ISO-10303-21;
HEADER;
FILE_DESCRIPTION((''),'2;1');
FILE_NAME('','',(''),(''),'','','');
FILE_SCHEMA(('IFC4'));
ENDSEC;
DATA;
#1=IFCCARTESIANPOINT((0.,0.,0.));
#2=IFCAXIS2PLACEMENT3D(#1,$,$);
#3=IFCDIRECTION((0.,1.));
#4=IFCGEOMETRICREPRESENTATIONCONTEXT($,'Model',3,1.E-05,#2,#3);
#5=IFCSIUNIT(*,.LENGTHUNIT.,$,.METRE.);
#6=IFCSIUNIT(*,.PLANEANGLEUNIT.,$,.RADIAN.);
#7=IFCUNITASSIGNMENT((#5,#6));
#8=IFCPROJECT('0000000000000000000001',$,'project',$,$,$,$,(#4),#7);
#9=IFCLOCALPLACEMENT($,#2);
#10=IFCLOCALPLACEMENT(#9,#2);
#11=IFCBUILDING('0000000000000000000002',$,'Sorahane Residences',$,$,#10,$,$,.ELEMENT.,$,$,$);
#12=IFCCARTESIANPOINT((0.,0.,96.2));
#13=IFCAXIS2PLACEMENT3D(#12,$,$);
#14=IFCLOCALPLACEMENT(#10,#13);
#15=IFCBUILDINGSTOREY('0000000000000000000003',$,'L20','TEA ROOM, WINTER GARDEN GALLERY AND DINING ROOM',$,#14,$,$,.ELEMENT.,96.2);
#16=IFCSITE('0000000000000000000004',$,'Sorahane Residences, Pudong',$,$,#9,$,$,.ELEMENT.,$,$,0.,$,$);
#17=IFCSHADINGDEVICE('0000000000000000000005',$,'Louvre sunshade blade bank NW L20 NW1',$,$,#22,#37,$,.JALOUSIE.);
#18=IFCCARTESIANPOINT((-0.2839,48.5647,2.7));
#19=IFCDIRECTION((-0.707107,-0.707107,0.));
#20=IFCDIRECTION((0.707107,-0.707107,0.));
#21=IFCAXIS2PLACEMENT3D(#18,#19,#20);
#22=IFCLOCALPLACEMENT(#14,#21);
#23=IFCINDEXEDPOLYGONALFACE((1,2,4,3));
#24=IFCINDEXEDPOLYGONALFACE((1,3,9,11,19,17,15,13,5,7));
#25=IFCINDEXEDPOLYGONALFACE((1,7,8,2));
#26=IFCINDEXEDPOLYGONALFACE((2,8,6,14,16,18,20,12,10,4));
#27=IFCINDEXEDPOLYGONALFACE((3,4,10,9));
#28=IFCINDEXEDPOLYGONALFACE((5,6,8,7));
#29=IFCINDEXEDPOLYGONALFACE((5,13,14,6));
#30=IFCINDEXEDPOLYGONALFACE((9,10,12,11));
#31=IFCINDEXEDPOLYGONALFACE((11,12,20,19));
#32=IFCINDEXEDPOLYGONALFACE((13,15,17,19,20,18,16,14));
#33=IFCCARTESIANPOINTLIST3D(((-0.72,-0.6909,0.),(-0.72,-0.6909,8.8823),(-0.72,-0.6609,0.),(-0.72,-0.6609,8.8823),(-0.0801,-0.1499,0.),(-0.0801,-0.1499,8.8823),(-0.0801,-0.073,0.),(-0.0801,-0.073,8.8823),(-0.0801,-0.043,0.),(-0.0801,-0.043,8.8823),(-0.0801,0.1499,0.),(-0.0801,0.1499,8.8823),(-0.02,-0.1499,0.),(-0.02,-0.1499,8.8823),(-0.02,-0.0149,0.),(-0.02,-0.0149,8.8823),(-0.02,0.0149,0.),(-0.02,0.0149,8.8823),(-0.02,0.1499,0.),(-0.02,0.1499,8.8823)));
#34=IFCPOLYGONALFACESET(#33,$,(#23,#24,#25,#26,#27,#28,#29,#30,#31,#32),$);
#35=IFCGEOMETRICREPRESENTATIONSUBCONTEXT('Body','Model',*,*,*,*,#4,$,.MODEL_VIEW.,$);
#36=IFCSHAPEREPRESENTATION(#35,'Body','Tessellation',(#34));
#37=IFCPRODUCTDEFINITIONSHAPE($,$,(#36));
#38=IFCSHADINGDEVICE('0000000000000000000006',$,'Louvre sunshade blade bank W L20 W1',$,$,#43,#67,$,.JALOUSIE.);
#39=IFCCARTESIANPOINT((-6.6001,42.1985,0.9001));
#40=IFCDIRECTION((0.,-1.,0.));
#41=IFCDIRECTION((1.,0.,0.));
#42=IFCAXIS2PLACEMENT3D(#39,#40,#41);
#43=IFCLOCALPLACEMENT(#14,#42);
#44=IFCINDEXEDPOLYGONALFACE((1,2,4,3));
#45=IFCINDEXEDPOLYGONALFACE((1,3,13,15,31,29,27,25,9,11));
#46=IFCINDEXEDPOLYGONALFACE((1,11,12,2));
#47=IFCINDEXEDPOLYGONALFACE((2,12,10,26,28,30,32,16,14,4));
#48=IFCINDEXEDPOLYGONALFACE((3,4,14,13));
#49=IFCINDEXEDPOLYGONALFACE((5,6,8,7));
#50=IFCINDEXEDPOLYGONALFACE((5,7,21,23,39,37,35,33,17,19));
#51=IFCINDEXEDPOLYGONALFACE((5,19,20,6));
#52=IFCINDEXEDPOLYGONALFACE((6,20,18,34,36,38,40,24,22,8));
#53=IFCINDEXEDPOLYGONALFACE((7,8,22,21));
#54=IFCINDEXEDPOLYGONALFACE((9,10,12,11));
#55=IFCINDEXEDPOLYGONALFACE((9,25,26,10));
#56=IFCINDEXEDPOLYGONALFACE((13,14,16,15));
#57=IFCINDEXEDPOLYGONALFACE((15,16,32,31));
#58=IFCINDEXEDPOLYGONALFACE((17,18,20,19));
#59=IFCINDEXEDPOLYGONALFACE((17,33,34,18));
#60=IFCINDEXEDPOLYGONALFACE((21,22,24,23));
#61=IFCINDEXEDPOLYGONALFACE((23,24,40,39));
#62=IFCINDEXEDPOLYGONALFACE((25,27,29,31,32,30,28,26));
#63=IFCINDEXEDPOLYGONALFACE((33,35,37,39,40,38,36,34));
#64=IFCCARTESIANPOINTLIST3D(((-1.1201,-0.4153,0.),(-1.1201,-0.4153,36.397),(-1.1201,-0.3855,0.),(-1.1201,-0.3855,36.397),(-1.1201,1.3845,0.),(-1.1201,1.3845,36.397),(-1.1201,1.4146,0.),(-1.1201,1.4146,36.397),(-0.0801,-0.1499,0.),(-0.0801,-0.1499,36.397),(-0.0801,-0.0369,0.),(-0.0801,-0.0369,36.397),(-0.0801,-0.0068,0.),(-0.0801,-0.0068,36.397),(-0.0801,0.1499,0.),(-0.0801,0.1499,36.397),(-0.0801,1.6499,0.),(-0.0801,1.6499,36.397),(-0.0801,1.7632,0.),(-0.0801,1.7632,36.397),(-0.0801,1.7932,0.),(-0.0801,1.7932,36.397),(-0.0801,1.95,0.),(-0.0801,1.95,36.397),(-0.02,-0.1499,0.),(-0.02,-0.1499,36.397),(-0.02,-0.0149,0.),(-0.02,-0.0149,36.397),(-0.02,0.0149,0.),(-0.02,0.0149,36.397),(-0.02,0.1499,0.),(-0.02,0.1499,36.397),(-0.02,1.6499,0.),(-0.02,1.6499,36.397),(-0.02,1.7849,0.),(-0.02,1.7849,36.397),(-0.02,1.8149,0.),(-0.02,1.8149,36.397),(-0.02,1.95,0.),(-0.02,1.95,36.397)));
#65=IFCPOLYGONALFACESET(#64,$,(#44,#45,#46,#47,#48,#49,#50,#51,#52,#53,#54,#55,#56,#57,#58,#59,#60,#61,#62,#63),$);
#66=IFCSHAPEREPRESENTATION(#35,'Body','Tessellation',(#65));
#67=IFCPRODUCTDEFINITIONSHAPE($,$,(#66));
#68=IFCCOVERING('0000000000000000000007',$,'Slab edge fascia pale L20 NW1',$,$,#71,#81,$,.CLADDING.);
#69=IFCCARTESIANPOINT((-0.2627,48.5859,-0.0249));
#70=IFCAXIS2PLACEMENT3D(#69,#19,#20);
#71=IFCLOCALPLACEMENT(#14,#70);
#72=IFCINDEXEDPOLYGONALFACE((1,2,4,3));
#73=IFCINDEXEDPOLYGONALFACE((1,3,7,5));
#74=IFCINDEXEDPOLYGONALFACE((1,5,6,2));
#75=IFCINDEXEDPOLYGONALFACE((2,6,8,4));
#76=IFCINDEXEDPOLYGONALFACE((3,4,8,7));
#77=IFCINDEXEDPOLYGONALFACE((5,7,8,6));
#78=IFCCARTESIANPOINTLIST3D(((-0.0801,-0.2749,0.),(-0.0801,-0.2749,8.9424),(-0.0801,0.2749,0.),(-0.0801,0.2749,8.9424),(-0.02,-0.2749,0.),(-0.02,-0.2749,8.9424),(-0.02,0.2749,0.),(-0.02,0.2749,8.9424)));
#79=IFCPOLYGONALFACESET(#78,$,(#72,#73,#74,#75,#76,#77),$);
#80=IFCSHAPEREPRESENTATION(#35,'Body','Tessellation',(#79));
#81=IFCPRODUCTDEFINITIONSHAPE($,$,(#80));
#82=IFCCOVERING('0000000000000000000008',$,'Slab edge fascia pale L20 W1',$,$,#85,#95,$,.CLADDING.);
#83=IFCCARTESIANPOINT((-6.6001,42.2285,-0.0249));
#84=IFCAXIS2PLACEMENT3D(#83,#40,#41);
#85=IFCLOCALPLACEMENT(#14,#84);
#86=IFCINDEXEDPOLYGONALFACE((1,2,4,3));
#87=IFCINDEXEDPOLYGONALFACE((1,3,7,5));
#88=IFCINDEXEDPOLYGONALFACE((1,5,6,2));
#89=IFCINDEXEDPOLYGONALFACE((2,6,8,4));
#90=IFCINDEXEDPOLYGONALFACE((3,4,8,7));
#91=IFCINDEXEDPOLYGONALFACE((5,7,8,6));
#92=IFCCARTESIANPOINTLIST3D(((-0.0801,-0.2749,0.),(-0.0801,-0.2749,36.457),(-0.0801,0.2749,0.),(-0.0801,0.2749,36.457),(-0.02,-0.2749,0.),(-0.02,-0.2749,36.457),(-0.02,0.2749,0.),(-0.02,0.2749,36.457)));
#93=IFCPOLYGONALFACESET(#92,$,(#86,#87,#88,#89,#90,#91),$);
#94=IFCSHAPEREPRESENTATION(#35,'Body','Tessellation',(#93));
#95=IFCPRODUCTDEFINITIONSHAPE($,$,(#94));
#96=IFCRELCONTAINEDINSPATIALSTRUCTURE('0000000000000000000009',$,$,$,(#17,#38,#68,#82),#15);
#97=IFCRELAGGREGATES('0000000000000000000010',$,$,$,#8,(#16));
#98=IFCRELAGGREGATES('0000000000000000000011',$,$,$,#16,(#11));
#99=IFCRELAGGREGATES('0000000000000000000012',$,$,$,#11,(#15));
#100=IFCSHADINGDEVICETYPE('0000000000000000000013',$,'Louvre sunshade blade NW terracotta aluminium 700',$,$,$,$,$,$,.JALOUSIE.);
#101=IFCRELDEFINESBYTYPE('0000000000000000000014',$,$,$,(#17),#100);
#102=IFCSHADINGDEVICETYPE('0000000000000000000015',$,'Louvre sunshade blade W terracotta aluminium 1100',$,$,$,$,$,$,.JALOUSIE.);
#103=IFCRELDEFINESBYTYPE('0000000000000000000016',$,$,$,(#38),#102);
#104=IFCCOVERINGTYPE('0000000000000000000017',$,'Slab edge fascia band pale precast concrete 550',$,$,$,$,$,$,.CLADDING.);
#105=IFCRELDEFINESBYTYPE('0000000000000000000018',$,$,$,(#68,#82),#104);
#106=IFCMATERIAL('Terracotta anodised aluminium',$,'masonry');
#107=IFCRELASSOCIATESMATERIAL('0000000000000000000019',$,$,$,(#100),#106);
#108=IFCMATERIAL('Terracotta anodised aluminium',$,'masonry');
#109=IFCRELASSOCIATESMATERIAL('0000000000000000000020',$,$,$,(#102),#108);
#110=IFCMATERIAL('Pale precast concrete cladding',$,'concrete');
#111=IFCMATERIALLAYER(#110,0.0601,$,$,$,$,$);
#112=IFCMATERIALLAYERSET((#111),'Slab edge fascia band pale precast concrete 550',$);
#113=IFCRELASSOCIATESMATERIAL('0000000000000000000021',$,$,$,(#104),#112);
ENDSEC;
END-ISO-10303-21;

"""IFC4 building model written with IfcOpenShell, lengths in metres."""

from ifc_helpers import new_model, si_unit, direction, frame, origin, place, context, subcontext, project, spatial, polyline, outline, composite_profile, extrude, material, layer, layer_set, type_object, element, save


model = new_model("IFC4")

# Units and contexts
model_context = context("Model", 3, precision=1e-05, world=origin(), true_north=direction((0.0, 1.0)))
body_context = subcontext(model_context, "Body", "Model", "MODEL_VIEW")
ifc_project = project(units=[si_unit("LENGTHUNIT", "METRE"), si_unit("PLANEANGLEUNIT", "RADIAN")], contexts=[model_context])

# Site, building, storey
site_placement = place(None, origin())
site = spatial("IfcSite", under=ifc_project, at=site_placement, Name="Sorahane Residences, Pudong", CompositionType="ELEMENT", RefElevation=0.0)
building_placement = place(site_placement, origin())
building = spatial("IfcBuilding", under=site, at=building_placement, Name="Sorahane Residences", CompositionType="ELEMENT")
storey_placement = place(building_placement, frame((0.0, 0.0, 96.2)))
storey = spatial("IfcBuildingStorey", under=building, at=storey_placement, Name="L20", Description="TEA ROOM, WINTER GARDEN GALLERY AND DINING ROOM", CompositionType="ELEMENT", Elevation=96.2)

# Shading devices
ifc_material_1 = material(Name="Terracotta anodised aluminium", Category="masonry")
shading_device_type_1 = type_object("IfcShadingDeviceType", Name="Louvre sunshade blade NW terracotta aluminium 700", PredefinedType="JALOUSIE", material=ifc_material_1)
shading_device_1_placement = place(storey_placement, frame((-0.2839, 48.5647, 2.7), z_axis=(-0.707107, -0.707107, 0.0), x_axis=(0.707107, -0.707107, 0.0)))
element("IfcShadingDevice", 1, at=shading_device_1_placement, inside=storey, type_object=shading_device_type_1, Name="Louvre sunshade blade bank NW L20 NW1", PredefinedType="JALOUSIE", context=body_context, shape_type="SweptSolid", body=[
    extrude(outline(polyline([(-0.72, -0.6609), (-0.72, -0.6909), (-0.0801, -0.073), (-0.0801, -0.1499), (-0.02, -0.1499), (-0.02, -0.0149), (-0.02, 0.0149), (-0.02, 0.1499), (-0.0801, 0.1499), (-0.0801, -0.043), (-0.72, -0.6609)])), origin(), (0.0, 0.0, 1.0), 8.8823),
])
ifc_material_2 = material(Name="Terracotta anodised aluminium", Category="masonry")
shading_device_type_2 = type_object("IfcShadingDeviceType", Name="Louvre sunshade blade W terracotta aluminium 1100", PredefinedType="JALOUSIE", material=ifc_material_2)
shading_device_2_placement = place(storey_placement, frame((-6.6001, 42.1985, 0.9001), z_axis=(0.0, -1.0, 0.0), x_axis=(1.0, 0.0, 0.0)))
element("IfcShadingDevice", 2, at=shading_device_2_placement, inside=storey, type_object=shading_device_type_2, Name="Louvre sunshade blade bank W L20 W1", PredefinedType="JALOUSIE", context=body_context, shape_type="SweptSolid", body=[
    extrude(composite_profile([outline(polyline([(-1.1201, -0.3855), (-1.1201, -0.4153), (-0.0801, -0.0369), (-0.0801, -0.1499), (-0.02, -0.1499), (-0.02, -0.0149), (-0.02, 0.0149), (-0.02, 0.1499), (-0.0801, 0.1499), (-0.0801, -0.0068), (-1.1201, -0.3855)])), outline(polyline([(-1.1201, 1.4146), (-1.1201, 1.3845), (-0.0801, 1.7632), (-0.0801, 1.6499), (-0.02, 1.6499), (-0.02, 1.7849), (-0.02, 1.8149), (-0.02, 1.95), (-0.0801, 1.95), (-0.0801, 1.7932), (-1.1201, 1.4146)]))]), origin(), (0.0, 0.0, 1.0), 36.397),
])

# Coverings
ifc_material_3 = material(Name="Pale precast concrete cladding", Category="concrete")
ifc_layer_1 = layer(ifc_material_3, 0.0601)
ifc_layer_set_1 = layer_set([ifc_layer_1], Name="Slab edge fascia band pale precast concrete 550")
covering_type = type_object("IfcCoveringType", Name="Slab edge fascia band pale precast concrete 550", PredefinedType="CLADDING", material=ifc_layer_set_1)
covering_1_placement = place(storey_placement, frame((-0.2627, 48.5859, -0.0249), z_axis=(-0.707107, -0.707107, 0.0), x_axis=(0.707107, -0.707107, 0.0)))
element("IfcCovering", 3, at=covering_1_placement, inside=storey, type_object=covering_type, Name="Slab edge fascia pale L20 NW1", PredefinedType="CLADDING", context=body_context, shape_type="SweptSolid", body=[
    extrude(outline(polyline([(-0.02, 0.2749), (-0.0801, 0.2749), (-0.0801, -0.2749), (-0.02, -0.2749), (-0.02, 0.2749)])), origin(), (0.0, 0.0, 1.0), 8.9424),
])
covering_2_placement = place(storey_placement, frame((-6.6001, 42.2285, -0.0249), z_axis=(0.0, -1.0, 0.0), x_axis=(1.0, 0.0, 0.0)))
element("IfcCovering", 4, at=covering_2_placement, inside=storey, type_object=covering_type, Name="Slab edge fascia pale L20 W1", PredefinedType="CLADDING", context=body_context, shape_type="SweptSolid", body=[
    extrude(outline(polyline([(-0.02, 0.2749), (-0.0801, 0.2749), (-0.0801, -0.2749), (-0.02, -0.2749), (-0.02, 0.2749)])), origin(), (0.0, 0.0, 1.0), 36.457),
])

save(model, "model.ifc")
